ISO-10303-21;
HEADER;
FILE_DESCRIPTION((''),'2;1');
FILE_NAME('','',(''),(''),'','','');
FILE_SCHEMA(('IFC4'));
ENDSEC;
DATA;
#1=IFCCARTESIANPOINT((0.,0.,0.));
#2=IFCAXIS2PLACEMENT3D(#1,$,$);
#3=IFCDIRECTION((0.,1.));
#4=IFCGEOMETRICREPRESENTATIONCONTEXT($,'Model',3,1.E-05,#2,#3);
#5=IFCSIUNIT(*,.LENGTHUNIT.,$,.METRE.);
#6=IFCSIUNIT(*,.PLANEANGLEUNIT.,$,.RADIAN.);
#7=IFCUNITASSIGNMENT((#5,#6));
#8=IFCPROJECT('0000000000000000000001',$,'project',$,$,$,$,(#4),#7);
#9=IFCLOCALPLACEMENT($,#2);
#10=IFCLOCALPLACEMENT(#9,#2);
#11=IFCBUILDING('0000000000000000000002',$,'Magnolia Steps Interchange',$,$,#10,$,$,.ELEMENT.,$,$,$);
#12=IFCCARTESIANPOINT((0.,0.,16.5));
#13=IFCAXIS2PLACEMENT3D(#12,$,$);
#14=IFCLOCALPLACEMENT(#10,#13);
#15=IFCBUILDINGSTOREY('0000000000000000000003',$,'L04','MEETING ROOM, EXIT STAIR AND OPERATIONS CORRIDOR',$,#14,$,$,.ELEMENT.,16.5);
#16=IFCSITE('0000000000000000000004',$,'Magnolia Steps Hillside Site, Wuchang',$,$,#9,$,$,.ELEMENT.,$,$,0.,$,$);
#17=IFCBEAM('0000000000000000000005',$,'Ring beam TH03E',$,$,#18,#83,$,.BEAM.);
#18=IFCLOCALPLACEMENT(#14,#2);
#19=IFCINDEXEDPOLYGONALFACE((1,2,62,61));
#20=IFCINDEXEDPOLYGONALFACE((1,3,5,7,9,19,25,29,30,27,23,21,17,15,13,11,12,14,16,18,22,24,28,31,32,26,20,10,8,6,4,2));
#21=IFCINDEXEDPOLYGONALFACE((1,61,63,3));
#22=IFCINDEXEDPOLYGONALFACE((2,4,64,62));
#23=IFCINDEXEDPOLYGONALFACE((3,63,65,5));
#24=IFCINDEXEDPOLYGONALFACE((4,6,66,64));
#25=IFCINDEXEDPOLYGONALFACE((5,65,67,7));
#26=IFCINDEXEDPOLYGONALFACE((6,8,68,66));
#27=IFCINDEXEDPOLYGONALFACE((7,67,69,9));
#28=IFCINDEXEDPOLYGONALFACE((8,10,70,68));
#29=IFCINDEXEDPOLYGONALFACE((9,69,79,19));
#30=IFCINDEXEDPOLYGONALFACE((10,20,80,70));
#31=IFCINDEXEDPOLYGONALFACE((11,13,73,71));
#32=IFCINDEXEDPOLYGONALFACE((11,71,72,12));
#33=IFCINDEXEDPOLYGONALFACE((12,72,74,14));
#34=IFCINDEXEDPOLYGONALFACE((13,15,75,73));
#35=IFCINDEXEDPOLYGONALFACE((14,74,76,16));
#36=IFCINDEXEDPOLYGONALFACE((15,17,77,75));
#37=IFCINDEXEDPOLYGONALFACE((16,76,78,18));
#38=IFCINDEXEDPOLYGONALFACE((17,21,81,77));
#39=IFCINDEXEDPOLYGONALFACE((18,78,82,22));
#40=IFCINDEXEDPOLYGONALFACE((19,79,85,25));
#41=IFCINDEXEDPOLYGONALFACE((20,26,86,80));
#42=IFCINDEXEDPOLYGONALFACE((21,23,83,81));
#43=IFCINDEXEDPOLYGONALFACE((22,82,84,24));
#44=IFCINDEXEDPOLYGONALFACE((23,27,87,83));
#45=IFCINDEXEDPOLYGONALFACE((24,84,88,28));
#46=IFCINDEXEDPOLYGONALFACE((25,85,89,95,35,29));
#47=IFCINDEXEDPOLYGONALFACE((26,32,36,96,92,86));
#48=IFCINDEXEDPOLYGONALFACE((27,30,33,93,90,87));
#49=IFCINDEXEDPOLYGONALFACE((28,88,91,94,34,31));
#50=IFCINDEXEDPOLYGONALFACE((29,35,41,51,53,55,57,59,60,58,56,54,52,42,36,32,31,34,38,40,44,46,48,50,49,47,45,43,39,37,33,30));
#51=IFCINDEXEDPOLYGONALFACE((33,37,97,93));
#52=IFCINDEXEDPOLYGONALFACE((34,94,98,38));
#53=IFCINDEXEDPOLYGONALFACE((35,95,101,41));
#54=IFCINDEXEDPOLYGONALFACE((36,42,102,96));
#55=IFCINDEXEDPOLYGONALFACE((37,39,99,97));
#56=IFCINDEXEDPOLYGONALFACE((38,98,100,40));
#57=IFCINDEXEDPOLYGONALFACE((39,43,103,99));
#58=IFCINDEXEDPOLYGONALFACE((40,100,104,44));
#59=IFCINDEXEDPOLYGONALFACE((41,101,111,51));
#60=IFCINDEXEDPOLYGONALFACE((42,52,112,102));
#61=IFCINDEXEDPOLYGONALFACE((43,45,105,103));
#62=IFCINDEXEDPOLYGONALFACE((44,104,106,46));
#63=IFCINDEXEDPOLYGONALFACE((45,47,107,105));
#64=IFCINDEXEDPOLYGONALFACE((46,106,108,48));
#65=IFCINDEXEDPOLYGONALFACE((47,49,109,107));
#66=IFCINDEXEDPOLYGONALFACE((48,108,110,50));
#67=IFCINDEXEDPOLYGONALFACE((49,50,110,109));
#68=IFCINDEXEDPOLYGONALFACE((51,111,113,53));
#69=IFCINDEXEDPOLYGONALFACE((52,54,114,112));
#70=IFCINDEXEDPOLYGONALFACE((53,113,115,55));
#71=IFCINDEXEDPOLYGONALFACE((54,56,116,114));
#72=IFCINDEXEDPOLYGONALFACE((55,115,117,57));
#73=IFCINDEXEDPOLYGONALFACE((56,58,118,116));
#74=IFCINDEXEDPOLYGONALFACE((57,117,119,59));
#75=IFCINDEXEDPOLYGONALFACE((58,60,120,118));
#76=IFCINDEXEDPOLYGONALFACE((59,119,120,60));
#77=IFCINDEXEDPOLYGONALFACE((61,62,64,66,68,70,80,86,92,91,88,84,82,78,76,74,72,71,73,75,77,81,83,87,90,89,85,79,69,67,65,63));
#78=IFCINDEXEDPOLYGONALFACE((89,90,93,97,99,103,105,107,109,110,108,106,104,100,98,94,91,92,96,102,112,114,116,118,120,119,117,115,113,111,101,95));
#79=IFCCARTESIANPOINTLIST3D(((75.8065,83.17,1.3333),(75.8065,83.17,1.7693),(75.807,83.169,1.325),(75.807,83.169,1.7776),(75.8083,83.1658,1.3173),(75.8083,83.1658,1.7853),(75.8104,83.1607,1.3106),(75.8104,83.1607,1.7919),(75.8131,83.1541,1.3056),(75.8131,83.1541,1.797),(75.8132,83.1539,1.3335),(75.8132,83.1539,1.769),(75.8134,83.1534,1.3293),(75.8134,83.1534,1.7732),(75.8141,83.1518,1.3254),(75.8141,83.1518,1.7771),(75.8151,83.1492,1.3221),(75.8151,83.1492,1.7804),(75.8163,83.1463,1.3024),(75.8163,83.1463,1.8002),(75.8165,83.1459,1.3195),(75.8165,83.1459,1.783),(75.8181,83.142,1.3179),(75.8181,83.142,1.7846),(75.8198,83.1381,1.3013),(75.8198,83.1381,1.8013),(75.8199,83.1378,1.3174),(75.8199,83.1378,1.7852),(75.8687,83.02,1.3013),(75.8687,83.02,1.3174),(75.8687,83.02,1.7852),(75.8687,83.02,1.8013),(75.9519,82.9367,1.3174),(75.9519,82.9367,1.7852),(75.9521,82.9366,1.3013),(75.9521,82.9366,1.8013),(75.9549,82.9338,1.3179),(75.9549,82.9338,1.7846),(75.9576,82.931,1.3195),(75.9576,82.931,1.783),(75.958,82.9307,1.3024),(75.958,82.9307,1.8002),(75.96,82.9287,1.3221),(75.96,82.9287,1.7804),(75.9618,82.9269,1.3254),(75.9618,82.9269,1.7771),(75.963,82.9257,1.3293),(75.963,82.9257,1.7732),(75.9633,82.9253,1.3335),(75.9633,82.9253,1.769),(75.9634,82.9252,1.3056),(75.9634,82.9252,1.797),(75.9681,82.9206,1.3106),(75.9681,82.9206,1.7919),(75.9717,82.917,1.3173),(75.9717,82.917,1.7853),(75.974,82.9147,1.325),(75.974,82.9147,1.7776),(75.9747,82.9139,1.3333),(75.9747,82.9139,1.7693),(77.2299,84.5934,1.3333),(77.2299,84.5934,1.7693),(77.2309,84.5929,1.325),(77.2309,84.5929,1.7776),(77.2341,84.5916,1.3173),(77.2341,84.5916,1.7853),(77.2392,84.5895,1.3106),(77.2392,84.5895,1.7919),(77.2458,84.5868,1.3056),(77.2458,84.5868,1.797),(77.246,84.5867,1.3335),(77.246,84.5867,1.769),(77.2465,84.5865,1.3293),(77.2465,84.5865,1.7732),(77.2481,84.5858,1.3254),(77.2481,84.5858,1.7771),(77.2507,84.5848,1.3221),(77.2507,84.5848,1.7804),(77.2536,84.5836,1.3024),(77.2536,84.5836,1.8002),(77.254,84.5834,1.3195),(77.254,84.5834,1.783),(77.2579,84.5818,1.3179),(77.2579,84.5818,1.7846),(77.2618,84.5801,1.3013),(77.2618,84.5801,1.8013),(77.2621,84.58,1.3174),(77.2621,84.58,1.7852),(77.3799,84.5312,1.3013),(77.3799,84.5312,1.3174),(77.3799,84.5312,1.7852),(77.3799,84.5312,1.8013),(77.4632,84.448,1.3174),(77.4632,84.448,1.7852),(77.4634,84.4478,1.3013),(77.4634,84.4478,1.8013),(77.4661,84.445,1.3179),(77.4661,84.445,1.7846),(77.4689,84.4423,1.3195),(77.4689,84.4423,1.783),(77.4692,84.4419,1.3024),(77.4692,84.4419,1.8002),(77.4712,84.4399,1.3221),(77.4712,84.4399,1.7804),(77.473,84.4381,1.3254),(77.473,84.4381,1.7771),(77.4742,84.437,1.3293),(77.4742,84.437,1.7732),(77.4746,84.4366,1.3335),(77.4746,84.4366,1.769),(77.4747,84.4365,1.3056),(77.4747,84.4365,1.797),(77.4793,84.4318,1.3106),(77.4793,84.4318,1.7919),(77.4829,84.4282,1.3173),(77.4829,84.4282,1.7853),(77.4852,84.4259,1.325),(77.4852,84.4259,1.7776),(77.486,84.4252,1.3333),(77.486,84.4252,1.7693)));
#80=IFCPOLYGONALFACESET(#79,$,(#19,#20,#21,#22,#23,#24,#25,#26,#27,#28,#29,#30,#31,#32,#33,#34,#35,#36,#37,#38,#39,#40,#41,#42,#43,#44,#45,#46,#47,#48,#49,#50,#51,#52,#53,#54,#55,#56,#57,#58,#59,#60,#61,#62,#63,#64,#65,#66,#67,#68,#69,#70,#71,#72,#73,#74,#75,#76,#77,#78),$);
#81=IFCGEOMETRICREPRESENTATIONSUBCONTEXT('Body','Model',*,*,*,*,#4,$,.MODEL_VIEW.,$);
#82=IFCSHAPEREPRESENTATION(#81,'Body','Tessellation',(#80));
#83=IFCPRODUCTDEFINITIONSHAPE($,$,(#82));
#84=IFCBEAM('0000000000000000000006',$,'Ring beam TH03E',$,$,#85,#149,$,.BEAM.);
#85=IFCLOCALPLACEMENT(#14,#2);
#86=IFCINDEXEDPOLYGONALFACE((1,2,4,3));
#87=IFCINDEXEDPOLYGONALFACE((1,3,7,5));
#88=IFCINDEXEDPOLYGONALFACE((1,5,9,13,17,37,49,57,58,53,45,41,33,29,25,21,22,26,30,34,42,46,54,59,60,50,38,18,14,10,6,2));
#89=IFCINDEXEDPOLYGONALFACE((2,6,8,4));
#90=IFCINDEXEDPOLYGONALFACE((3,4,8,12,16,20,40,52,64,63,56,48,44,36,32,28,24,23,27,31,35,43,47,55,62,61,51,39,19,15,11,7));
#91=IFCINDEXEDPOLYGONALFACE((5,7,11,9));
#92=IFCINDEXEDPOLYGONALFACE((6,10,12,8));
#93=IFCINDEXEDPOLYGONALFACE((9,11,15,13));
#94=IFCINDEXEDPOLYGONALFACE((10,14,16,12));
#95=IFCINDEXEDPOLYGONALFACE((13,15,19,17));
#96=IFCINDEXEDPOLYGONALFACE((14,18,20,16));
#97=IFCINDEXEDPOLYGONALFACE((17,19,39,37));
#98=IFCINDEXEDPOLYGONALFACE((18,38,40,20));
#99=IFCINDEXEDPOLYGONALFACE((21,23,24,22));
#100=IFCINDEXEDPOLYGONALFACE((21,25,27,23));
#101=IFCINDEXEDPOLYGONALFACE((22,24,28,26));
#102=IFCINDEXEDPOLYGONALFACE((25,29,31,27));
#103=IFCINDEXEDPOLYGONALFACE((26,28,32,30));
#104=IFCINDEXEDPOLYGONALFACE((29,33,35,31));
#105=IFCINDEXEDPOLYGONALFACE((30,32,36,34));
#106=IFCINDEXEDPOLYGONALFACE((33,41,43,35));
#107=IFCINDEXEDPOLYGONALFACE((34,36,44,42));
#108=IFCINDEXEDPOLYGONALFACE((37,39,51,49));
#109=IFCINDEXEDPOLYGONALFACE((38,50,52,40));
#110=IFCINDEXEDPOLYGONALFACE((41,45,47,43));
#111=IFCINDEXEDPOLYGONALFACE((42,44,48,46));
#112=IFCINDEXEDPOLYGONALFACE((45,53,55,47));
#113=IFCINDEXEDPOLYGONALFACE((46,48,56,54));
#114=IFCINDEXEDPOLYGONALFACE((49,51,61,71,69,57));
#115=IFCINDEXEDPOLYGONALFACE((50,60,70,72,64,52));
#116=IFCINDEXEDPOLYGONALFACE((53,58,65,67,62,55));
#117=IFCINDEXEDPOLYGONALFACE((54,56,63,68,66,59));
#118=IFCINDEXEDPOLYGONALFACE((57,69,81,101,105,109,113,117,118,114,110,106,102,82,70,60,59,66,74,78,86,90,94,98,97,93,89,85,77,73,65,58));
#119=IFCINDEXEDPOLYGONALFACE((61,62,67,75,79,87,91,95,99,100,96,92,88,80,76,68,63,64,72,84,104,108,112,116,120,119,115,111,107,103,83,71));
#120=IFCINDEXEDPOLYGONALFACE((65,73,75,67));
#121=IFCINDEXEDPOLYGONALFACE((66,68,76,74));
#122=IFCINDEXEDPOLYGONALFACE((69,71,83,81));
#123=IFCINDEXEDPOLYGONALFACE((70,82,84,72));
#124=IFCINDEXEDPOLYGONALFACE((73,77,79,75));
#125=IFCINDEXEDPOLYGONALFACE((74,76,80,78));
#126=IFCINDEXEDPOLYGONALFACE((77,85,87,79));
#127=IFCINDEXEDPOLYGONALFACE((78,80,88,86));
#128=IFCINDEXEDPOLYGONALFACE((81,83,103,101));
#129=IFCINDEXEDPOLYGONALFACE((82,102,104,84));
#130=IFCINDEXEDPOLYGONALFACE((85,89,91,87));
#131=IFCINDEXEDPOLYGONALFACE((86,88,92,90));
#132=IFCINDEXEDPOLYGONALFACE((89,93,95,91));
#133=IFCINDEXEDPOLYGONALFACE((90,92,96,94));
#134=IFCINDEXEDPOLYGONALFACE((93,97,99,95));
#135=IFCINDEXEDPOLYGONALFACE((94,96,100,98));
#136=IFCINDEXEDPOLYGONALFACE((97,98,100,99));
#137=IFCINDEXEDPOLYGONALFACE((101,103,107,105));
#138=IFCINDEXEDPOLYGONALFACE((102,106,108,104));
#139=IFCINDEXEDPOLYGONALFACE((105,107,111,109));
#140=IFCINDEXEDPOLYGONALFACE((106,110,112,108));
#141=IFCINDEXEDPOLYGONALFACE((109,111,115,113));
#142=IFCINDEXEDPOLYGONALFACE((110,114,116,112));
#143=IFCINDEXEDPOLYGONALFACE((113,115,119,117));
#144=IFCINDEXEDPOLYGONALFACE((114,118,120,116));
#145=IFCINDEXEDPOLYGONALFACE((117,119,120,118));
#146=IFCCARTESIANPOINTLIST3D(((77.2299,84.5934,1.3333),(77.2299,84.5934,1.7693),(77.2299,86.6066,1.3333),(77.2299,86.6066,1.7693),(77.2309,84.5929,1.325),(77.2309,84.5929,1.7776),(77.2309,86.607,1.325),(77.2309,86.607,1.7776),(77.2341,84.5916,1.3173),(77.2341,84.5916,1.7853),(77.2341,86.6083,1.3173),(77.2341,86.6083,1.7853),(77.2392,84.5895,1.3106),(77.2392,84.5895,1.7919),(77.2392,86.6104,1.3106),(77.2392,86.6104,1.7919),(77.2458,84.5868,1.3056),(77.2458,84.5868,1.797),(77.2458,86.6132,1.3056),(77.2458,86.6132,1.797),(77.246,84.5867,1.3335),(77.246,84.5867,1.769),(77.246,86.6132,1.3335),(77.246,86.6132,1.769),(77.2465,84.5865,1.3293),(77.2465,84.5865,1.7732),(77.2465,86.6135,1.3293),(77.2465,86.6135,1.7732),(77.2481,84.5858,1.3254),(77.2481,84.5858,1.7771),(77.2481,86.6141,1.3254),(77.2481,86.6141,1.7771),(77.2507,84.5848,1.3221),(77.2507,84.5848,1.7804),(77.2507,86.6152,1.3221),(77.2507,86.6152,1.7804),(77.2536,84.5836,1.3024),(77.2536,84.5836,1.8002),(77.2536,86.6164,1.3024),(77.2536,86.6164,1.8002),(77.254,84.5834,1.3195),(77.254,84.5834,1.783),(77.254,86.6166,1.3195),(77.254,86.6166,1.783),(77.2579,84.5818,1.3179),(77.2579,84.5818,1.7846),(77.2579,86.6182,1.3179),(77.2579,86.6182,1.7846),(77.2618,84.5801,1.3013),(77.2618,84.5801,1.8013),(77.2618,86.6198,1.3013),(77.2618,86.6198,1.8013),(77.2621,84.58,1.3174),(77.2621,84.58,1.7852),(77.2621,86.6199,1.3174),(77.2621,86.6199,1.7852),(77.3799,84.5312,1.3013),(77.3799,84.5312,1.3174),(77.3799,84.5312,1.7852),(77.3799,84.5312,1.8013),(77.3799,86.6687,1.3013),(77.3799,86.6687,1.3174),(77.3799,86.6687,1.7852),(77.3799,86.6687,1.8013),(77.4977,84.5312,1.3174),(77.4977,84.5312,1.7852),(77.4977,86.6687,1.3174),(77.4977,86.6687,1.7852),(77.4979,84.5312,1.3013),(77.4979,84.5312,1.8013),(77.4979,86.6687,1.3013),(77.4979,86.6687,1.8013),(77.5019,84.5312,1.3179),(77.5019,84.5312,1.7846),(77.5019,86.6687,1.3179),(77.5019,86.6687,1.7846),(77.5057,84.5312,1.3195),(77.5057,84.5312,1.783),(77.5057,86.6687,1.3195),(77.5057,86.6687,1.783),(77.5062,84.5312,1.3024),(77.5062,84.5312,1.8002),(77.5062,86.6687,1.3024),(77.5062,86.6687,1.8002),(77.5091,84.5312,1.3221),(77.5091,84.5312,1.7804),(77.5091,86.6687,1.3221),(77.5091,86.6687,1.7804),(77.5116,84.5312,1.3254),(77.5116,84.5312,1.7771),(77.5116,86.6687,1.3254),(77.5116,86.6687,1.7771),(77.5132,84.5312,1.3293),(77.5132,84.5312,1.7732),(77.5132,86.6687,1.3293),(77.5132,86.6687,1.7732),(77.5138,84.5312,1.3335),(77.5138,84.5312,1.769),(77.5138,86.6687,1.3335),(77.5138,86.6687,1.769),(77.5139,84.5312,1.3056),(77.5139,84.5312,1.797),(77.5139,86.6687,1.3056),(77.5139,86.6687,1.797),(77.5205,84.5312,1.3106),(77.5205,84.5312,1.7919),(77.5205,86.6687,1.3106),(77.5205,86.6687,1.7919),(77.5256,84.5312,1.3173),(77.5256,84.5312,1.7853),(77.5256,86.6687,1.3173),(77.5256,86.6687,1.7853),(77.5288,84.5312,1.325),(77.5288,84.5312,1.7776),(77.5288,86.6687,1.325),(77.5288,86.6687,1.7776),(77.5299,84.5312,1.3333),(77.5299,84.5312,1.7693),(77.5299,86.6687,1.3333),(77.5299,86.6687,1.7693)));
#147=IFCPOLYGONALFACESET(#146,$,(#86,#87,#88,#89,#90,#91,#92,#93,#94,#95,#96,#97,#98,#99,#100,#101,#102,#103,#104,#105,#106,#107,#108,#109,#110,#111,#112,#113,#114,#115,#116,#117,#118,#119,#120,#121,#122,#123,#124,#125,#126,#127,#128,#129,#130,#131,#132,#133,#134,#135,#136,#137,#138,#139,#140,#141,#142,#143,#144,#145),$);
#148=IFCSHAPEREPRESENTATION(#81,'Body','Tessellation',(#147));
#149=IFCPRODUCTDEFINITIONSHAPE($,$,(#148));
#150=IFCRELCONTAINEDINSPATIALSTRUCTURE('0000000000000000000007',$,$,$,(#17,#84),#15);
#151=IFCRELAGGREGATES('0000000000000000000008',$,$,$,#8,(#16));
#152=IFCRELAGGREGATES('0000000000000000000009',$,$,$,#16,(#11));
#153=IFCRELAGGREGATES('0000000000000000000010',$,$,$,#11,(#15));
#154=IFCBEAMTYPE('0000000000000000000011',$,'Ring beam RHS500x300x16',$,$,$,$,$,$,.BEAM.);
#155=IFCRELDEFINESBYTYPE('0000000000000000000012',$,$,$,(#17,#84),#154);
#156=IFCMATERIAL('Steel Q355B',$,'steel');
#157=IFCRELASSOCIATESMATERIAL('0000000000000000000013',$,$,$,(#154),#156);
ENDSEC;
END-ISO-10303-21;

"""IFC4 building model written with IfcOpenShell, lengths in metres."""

from ifc_helpers import new_model, si_unit, direction, frame, origin, origin_2d, place, context, subcontext, project, spatial, hollow_rectangle, extrude, clip, halfspace, material, material_profile, profile_set, type_object, element, save


model = new_model("IFC4")

# Units and contexts
model_context = context("Model", 3, precision=1e-05, world=origin(), true_north=direction((0.0, 1.0)))
body_context = subcontext(model_context, "Body", "Model", "MODEL_VIEW")
ifc_project = project(units=[si_unit("LENGTHUNIT", "METRE"), si_unit("PLANEANGLEUNIT", "RADIAN")], contexts=[model_context])

# Site, building, storey
site_placement = place(None, origin())
site = spatial("IfcSite", under=ifc_project, at=site_placement, Name="Magnolia Steps Hillside Site, Wuchang", CompositionType="ELEMENT", RefElevation=0.0)
building_placement = place(site_placement, origin())
building = spatial("IfcBuilding", under=site, at=building_placement, Name="Magnolia Steps Interchange", CompositionType="ELEMENT")
storey_placement = place(building_placement, frame((0.0, 0.0, 16.5)))
storey = spatial("IfcBuildingStorey", under=building, at=storey_placement, Name="L04", Description="MEETING ROOM, EXIT STAIR AND OPERATIONS CORRIDOR", CompositionType="ELEMENT", Elevation=16.5)

# Beams
ifc_material_1 = material(Name="Steel Q355B", Category="steel")
ifc_material_profile_1 = material_profile(ifc_material_1, hollow_rectangle(XDim=0.3, YDim=0.5, WallThickness=0.0161, InnerFilletRadius=0.0161, OuterFilletRadius=0.032, at=origin_2d()), Name="RHS500x300x16")
ifc_profile_set_1 = profile_set([ifc_material_profile_1], Name="Steel Q355B")
beam_type_1 = type_object("IfcBeamType", Name="Ring beam RHS500x300x16", PredefinedType="BEAM", material=ifc_profile_set_1)
beam_1_placement = place(storey_placement, frame((75.8687, 83.02, 1.5513), z_axis=(0.707107, 0.707107, 0.0), x_axis=(-0.707107, 0.707107, 0.0)))
element("IfcBeam", 1, at=beam_1_placement, inside=storey, type_object=beam_type_1, Name="Ring beam TH03E", PredefinedType="BEAM", context=body_context, shape_type="Clipping", body=[
    clip(clip(extrude(hollow_rectangle(XDim=0.3, YDim=0.5, WallThickness=0.0161, InnerFilletRadius=0.0161, OuterFilletRadius=0.032, at=origin_2d()), origin(), (0.0, 0.0, 1.0), 2.1372), halfspace(frame((0.0, 0.0, 0.0), z_axis=(0.382683, 0.0, -0.92388), x_axis=(0.92388, 0.0, 0.382683)), False)), halfspace(frame((0.0, 0.0, 2.1372), z_axis=(0.382683, 0.0, 0.92388), x_axis=(0.92388, 0.0, -0.382683)), False)),
])
for number, where, z_axis, x_axis, name in (
    (2, (77.3799, 84.5312, 1.5513), (0.0, 1.0, 0.0), (-1.0, 0.0, 0.0), "Ring beam TH03E"),
):
    element("IfcBeam", number, at=place(storey_placement, frame(where, z_axis=z_axis, x_axis=x_axis)), inside=storey, type_object=beam_type_1, Name=name, PredefinedType="BEAM", context=body_context, shape_type="Clipping", body=[
        clip(clip(extrude(hollow_rectangle(XDim=0.3, YDim=0.5, WallThickness=0.0161, InnerFilletRadius=0.0161, OuterFilletRadius=0.032, at=origin_2d()), origin(), (0.0, 0.0, 1.0), 2.1375), halfspace(frame((0.0, 0.0, 0.0), z_axis=(0.382683, 0.0, -0.92388), x_axis=(0.92388, 0.0, 0.382683)), False)), halfspace(frame((0.0, 0.0, 2.1375), z_axis=(0.382683, 0.0, 0.92388), x_axis=(0.92388, 0.0, -0.382683)), False)),
    ])

save(model, "model.ifc")
